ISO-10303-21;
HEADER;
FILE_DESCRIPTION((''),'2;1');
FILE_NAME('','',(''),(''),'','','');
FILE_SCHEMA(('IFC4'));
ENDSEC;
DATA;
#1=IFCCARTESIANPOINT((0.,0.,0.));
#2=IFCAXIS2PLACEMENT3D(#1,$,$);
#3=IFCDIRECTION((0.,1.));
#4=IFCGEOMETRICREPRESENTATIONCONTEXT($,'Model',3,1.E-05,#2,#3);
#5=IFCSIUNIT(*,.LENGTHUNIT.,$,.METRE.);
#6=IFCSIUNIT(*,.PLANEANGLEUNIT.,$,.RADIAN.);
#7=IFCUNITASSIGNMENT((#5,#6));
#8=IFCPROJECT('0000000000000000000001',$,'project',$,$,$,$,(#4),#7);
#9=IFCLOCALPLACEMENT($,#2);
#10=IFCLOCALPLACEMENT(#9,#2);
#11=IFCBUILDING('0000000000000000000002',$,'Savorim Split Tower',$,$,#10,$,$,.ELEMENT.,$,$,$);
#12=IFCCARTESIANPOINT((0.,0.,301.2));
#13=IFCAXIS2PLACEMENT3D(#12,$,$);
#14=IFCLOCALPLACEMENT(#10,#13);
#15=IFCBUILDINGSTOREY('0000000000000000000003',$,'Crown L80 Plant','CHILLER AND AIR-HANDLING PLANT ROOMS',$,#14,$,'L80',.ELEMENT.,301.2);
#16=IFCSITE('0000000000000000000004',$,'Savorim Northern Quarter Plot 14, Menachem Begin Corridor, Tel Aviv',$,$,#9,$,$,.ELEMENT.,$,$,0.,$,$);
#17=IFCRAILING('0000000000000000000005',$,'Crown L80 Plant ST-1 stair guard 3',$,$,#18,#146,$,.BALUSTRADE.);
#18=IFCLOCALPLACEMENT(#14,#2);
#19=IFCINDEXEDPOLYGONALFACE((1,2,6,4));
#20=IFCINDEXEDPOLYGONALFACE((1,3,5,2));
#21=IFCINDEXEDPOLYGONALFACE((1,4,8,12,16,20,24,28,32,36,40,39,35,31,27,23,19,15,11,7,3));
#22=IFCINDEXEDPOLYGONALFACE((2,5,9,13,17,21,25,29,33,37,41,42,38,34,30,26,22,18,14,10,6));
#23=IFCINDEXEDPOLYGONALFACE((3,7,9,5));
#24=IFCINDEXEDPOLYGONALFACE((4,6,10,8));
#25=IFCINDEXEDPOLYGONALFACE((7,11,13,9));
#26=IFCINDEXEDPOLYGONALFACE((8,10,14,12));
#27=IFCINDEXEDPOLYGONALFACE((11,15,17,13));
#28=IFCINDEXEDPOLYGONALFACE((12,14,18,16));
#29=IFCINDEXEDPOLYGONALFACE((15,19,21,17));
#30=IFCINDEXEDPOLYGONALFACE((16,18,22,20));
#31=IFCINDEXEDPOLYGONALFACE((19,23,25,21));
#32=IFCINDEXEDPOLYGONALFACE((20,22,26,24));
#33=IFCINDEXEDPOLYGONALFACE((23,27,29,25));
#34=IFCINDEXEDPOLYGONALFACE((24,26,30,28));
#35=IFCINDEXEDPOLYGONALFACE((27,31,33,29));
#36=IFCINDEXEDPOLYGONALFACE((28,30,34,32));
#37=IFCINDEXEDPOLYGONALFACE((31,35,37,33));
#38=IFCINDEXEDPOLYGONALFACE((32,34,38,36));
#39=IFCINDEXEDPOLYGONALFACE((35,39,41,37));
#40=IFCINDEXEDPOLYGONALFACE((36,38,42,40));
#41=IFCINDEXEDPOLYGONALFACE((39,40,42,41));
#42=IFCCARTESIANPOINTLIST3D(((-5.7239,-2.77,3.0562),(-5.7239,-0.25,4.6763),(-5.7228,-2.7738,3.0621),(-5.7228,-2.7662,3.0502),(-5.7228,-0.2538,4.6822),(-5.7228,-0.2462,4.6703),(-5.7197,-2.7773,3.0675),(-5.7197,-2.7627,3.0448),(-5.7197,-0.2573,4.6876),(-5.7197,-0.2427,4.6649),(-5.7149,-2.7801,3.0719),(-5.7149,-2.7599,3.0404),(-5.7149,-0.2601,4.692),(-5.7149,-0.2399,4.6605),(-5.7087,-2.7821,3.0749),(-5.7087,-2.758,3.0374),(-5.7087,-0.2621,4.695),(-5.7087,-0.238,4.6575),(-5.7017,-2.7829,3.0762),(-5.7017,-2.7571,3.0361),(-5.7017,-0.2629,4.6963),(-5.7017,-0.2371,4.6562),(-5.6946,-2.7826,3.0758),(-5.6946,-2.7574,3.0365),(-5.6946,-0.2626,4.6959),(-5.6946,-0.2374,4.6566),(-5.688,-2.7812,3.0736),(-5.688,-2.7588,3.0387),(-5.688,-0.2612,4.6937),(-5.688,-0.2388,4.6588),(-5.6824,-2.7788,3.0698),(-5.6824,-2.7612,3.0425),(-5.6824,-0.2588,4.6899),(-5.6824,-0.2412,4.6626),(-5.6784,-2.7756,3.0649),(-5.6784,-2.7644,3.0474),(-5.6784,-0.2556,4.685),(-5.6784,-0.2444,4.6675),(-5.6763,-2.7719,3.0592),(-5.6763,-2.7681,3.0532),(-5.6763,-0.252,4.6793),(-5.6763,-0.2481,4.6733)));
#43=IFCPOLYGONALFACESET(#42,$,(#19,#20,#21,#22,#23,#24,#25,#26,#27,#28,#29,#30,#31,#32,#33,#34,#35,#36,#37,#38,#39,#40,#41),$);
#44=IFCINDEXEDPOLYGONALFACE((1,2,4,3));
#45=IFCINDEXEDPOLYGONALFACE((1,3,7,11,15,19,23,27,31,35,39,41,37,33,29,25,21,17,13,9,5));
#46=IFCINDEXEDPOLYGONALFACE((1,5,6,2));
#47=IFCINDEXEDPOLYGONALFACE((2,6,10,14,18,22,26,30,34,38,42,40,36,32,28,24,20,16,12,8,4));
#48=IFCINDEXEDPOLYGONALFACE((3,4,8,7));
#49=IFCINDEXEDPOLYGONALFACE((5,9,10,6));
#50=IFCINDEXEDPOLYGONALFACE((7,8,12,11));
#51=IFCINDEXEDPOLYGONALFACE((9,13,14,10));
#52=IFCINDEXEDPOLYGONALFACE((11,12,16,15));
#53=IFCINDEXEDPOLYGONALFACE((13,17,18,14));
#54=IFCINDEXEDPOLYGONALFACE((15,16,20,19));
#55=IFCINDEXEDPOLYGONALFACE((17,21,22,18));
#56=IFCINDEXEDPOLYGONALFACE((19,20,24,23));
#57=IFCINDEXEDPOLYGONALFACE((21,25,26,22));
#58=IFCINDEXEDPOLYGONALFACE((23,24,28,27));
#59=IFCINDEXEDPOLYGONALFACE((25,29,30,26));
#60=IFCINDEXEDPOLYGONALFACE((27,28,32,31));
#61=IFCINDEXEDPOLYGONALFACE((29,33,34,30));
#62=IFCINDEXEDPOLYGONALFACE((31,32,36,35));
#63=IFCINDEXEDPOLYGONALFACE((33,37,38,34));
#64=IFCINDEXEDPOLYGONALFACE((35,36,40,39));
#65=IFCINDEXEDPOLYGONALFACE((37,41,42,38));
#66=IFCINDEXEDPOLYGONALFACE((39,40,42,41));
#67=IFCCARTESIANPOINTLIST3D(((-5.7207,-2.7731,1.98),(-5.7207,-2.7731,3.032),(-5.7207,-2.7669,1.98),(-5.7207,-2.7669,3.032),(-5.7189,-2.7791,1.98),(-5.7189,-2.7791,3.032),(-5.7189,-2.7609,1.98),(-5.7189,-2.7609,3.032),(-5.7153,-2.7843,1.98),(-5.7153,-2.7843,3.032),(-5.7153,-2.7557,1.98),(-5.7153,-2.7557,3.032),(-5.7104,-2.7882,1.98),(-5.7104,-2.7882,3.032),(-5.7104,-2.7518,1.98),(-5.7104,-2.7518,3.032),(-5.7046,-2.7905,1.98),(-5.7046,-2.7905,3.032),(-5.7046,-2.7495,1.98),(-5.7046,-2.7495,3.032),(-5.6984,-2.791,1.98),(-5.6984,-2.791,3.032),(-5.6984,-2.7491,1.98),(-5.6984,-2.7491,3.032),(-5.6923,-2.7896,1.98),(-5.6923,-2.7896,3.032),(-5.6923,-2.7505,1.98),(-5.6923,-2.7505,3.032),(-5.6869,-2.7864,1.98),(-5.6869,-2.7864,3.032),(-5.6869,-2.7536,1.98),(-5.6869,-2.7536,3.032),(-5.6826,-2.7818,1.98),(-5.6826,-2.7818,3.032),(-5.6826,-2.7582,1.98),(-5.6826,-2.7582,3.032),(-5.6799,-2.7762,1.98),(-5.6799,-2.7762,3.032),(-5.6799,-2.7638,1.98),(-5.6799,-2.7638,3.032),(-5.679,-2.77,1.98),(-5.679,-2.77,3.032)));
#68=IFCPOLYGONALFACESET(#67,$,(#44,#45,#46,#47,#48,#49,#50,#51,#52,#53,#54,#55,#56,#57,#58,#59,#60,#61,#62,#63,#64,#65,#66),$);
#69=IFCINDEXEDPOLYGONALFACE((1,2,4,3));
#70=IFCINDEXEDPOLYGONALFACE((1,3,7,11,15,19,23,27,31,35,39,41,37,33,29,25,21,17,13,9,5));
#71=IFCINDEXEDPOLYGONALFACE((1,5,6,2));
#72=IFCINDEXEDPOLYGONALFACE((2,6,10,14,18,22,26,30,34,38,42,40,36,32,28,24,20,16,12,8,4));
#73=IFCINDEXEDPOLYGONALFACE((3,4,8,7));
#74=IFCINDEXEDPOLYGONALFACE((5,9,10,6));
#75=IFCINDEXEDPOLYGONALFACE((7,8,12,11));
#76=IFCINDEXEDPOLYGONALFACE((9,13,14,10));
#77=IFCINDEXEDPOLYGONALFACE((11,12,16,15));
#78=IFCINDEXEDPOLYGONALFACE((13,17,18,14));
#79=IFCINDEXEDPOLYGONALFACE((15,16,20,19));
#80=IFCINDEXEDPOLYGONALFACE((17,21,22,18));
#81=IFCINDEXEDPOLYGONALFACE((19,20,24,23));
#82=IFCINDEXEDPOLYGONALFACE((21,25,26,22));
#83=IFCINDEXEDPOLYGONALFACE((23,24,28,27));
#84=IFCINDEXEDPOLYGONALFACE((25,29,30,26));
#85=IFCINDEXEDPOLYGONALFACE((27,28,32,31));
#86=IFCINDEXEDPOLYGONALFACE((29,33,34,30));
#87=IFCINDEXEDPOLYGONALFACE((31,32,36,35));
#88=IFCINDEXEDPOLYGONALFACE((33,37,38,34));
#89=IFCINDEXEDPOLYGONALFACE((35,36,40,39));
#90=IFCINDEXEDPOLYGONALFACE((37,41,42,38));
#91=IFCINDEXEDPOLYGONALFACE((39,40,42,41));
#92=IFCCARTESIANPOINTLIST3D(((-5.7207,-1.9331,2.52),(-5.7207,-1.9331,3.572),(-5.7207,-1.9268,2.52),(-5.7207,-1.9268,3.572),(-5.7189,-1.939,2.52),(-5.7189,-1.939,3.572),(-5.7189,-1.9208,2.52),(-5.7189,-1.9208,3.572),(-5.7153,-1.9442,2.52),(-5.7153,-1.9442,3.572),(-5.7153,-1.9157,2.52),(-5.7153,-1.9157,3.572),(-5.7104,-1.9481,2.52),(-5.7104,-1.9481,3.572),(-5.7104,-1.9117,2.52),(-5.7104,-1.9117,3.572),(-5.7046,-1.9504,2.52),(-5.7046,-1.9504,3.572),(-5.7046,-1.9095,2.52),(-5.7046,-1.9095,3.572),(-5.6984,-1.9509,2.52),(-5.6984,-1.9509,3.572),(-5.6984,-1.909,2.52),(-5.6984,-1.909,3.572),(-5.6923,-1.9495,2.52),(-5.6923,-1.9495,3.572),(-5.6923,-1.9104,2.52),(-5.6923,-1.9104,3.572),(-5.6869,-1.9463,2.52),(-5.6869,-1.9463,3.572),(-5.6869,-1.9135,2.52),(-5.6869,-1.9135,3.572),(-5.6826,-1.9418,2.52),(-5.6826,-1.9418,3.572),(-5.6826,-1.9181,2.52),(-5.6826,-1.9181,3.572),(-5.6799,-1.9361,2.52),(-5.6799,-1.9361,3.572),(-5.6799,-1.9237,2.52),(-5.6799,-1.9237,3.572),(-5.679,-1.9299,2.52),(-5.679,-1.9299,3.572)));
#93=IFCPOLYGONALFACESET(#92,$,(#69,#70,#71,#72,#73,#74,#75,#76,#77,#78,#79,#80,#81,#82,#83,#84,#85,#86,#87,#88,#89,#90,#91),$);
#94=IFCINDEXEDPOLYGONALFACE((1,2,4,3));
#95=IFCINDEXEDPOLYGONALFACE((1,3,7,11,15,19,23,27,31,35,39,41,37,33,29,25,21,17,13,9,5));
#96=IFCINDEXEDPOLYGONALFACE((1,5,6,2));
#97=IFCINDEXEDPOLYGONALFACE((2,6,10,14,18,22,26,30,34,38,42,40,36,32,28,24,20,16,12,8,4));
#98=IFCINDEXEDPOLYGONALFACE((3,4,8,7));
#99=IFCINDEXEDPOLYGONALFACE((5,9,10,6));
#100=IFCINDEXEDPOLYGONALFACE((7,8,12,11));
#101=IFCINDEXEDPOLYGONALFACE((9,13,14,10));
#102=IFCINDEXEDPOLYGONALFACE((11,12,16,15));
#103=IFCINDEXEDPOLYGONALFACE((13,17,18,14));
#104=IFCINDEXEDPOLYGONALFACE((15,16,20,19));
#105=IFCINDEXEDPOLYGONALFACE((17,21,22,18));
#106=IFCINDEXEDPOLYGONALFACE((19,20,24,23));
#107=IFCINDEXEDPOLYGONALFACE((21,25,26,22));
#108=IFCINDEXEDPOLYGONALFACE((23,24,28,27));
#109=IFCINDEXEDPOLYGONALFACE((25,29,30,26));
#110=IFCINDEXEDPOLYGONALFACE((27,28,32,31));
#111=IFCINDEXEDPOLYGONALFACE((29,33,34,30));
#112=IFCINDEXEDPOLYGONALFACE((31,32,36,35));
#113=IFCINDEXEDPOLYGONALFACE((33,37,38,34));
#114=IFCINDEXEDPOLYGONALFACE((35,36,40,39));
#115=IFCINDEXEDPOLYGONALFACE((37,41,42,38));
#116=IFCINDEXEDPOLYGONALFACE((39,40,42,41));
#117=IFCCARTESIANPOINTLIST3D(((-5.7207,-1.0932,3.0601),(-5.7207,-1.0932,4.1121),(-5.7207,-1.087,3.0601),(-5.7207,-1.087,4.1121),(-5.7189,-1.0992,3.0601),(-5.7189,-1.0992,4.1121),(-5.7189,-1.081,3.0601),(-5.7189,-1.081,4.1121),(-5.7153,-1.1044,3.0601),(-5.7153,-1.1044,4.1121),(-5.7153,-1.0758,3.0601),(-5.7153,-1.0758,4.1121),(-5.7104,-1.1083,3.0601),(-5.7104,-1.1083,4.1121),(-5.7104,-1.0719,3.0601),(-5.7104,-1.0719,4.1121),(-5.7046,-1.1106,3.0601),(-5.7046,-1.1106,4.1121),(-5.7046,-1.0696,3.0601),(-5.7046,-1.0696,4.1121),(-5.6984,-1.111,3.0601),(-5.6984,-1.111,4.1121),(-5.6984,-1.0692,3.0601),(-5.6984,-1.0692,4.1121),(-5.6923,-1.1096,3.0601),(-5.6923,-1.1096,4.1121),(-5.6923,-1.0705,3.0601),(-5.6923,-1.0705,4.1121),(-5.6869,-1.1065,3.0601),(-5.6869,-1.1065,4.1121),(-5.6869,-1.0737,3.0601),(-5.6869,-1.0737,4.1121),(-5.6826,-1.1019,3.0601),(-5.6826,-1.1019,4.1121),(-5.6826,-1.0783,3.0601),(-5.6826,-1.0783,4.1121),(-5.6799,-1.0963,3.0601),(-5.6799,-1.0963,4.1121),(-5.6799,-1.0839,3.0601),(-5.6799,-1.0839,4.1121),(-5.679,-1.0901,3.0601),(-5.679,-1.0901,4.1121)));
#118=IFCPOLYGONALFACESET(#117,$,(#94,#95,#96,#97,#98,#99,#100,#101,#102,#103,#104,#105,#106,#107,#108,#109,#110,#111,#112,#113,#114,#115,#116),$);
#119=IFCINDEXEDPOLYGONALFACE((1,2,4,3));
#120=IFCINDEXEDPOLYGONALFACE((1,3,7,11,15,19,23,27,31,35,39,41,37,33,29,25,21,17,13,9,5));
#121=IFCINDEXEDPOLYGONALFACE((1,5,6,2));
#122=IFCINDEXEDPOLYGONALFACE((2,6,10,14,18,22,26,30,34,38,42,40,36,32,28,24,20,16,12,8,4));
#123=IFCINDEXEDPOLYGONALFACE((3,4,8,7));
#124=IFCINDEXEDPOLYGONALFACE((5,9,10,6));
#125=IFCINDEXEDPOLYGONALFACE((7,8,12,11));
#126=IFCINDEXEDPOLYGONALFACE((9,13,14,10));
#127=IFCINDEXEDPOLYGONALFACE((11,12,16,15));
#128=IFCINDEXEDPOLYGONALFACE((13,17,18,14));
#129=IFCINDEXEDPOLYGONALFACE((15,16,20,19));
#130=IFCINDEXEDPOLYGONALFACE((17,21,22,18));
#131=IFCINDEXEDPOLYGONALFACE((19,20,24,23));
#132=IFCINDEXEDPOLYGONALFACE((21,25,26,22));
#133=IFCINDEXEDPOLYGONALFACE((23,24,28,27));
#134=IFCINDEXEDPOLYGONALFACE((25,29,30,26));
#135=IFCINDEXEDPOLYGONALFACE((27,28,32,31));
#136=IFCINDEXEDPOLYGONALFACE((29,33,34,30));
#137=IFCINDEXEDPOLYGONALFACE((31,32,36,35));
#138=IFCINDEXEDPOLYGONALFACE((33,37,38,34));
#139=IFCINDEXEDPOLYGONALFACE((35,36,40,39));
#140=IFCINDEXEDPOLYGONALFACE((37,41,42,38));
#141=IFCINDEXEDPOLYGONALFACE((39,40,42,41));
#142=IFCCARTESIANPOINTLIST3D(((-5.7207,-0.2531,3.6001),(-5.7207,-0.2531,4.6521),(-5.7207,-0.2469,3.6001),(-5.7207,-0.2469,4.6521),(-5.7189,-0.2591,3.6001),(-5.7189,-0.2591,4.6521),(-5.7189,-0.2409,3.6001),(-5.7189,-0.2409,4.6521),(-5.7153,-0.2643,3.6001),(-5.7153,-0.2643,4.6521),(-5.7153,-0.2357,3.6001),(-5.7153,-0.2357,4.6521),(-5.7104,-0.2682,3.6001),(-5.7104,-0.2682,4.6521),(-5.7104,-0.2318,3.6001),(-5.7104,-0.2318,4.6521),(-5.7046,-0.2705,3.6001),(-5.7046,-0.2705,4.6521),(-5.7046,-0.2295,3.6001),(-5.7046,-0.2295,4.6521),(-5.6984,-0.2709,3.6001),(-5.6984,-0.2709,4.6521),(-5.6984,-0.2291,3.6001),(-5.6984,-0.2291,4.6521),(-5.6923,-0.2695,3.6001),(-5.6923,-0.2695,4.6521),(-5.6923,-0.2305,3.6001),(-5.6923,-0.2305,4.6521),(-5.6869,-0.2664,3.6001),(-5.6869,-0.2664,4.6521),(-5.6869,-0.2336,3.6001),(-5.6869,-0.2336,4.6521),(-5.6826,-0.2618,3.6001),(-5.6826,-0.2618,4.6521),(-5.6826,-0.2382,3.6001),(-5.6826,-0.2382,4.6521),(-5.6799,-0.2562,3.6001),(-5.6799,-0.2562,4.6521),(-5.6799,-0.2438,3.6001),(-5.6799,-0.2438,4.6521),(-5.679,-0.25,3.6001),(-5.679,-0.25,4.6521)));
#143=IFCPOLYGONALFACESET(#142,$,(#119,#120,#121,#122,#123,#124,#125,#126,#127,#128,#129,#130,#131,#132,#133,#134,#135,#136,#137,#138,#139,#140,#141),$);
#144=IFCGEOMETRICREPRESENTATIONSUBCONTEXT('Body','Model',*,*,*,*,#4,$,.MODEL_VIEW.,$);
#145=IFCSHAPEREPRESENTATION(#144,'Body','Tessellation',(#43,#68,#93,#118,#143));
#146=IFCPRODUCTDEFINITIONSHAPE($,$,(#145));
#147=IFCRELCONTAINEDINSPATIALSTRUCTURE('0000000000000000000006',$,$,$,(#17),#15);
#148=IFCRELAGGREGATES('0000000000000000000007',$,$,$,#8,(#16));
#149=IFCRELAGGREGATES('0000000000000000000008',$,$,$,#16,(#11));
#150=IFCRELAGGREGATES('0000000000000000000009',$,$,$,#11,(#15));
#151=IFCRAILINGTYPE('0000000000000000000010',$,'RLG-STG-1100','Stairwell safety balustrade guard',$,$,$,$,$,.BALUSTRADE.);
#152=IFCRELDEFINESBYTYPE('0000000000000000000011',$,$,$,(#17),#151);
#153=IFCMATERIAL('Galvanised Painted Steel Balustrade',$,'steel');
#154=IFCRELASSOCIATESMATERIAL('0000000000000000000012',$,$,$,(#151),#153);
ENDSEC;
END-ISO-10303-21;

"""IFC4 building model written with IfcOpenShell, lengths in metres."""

from ifc_helpers import new_model, si_unit, direction, frame, origin, origin_2d, place, context, subcontext, project, spatial, circle, extrude, material, type_object, element, save


model = new_model("IFC4")

# Units and contexts
model_context = context("Model", 3, precision=1e-05, world=origin(), true_north=direction((0.0, 1.0)))
body_context = subcontext(model_context, "Body", "Model", "MODEL_VIEW")
ifc_project = project(units=[si_unit("LENGTHUNIT", "METRE"), si_unit("PLANEANGLEUNIT", "RADIAN")], contexts=[model_context])

# Site, building, storey
site_placement = place(None, origin())
site = spatial("IfcSite", under=ifc_project, at=site_placement, Name="Savorim Northern Quarter Plot 14, Menachem Begin Corridor, Tel Aviv", CompositionType="ELEMENT", RefElevation=0.0)
building_placement = place(site_placement, origin())
building = spatial("IfcBuilding", under=site, at=building_placement, Name="Savorim Split Tower", CompositionType="ELEMENT")
storey_placement = place(building_placement, frame((0.0, 0.0, 301.2)))
storey = spatial("IfcBuildingStorey", under=building, at=storey_placement, Name="Crown L80 Plant", Description="CHILLER AND AIR-HANDLING PLANT ROOMS", LongName="L80", CompositionType="ELEMENT", Elevation=301.2)

# Railing
ifc_material_1 = material(Name="Galvanised Painted Steel Balustrade", Category="steel")
railing_type_1 = type_object("IfcRailingType", Name="RLG-STG-1100", Description="Stairwell safety balustrade guard", PredefinedType="BALUSTRADE", material=ifc_material_1)
railing_1_placement = place(storey_placement, frame((-5.7, -2.77, 1.98)))
element("IfcRailing", 1, at=railing_1_placement, inside=storey, type_object=railing_type_1, Name="Crown L80 Plant ST-1 stair guard 3", PredefinedType="BALUSTRADE", context=body_context, shape_type="SweptSolid", body=[
    extrude(circle(Radius=0.0239, at=origin_2d()), frame((0.0, 0.0, 1.0762), z_axis=(0.0, 0.841163, 0.540782), x_axis=(-1.0, 0.0, 0.0)), (0.0, 0.0, 1.0), 2.9958),
    extrude(circle(Radius=0.021, at=origin_2d()), origin(), (0.0, 0.0, 1.0), 1.052),
    extrude(circle(Radius=0.021, at=origin_2d()), frame((0.0, 0.8401, 0.54)), (0.0, 0.0, 1.0), 1.052),
    extrude(circle(Radius=0.021, at=origin_2d()), frame((0.0, 1.6799, 1.0801)), (0.0, 0.0, 1.0), 1.052),
    extrude(circle(Radius=0.021, at=origin_2d()), frame((0.0, 2.52, 1.6201)), (0.0, 0.0, 1.0), 1.052),
])

save(model, "model.ifc")
